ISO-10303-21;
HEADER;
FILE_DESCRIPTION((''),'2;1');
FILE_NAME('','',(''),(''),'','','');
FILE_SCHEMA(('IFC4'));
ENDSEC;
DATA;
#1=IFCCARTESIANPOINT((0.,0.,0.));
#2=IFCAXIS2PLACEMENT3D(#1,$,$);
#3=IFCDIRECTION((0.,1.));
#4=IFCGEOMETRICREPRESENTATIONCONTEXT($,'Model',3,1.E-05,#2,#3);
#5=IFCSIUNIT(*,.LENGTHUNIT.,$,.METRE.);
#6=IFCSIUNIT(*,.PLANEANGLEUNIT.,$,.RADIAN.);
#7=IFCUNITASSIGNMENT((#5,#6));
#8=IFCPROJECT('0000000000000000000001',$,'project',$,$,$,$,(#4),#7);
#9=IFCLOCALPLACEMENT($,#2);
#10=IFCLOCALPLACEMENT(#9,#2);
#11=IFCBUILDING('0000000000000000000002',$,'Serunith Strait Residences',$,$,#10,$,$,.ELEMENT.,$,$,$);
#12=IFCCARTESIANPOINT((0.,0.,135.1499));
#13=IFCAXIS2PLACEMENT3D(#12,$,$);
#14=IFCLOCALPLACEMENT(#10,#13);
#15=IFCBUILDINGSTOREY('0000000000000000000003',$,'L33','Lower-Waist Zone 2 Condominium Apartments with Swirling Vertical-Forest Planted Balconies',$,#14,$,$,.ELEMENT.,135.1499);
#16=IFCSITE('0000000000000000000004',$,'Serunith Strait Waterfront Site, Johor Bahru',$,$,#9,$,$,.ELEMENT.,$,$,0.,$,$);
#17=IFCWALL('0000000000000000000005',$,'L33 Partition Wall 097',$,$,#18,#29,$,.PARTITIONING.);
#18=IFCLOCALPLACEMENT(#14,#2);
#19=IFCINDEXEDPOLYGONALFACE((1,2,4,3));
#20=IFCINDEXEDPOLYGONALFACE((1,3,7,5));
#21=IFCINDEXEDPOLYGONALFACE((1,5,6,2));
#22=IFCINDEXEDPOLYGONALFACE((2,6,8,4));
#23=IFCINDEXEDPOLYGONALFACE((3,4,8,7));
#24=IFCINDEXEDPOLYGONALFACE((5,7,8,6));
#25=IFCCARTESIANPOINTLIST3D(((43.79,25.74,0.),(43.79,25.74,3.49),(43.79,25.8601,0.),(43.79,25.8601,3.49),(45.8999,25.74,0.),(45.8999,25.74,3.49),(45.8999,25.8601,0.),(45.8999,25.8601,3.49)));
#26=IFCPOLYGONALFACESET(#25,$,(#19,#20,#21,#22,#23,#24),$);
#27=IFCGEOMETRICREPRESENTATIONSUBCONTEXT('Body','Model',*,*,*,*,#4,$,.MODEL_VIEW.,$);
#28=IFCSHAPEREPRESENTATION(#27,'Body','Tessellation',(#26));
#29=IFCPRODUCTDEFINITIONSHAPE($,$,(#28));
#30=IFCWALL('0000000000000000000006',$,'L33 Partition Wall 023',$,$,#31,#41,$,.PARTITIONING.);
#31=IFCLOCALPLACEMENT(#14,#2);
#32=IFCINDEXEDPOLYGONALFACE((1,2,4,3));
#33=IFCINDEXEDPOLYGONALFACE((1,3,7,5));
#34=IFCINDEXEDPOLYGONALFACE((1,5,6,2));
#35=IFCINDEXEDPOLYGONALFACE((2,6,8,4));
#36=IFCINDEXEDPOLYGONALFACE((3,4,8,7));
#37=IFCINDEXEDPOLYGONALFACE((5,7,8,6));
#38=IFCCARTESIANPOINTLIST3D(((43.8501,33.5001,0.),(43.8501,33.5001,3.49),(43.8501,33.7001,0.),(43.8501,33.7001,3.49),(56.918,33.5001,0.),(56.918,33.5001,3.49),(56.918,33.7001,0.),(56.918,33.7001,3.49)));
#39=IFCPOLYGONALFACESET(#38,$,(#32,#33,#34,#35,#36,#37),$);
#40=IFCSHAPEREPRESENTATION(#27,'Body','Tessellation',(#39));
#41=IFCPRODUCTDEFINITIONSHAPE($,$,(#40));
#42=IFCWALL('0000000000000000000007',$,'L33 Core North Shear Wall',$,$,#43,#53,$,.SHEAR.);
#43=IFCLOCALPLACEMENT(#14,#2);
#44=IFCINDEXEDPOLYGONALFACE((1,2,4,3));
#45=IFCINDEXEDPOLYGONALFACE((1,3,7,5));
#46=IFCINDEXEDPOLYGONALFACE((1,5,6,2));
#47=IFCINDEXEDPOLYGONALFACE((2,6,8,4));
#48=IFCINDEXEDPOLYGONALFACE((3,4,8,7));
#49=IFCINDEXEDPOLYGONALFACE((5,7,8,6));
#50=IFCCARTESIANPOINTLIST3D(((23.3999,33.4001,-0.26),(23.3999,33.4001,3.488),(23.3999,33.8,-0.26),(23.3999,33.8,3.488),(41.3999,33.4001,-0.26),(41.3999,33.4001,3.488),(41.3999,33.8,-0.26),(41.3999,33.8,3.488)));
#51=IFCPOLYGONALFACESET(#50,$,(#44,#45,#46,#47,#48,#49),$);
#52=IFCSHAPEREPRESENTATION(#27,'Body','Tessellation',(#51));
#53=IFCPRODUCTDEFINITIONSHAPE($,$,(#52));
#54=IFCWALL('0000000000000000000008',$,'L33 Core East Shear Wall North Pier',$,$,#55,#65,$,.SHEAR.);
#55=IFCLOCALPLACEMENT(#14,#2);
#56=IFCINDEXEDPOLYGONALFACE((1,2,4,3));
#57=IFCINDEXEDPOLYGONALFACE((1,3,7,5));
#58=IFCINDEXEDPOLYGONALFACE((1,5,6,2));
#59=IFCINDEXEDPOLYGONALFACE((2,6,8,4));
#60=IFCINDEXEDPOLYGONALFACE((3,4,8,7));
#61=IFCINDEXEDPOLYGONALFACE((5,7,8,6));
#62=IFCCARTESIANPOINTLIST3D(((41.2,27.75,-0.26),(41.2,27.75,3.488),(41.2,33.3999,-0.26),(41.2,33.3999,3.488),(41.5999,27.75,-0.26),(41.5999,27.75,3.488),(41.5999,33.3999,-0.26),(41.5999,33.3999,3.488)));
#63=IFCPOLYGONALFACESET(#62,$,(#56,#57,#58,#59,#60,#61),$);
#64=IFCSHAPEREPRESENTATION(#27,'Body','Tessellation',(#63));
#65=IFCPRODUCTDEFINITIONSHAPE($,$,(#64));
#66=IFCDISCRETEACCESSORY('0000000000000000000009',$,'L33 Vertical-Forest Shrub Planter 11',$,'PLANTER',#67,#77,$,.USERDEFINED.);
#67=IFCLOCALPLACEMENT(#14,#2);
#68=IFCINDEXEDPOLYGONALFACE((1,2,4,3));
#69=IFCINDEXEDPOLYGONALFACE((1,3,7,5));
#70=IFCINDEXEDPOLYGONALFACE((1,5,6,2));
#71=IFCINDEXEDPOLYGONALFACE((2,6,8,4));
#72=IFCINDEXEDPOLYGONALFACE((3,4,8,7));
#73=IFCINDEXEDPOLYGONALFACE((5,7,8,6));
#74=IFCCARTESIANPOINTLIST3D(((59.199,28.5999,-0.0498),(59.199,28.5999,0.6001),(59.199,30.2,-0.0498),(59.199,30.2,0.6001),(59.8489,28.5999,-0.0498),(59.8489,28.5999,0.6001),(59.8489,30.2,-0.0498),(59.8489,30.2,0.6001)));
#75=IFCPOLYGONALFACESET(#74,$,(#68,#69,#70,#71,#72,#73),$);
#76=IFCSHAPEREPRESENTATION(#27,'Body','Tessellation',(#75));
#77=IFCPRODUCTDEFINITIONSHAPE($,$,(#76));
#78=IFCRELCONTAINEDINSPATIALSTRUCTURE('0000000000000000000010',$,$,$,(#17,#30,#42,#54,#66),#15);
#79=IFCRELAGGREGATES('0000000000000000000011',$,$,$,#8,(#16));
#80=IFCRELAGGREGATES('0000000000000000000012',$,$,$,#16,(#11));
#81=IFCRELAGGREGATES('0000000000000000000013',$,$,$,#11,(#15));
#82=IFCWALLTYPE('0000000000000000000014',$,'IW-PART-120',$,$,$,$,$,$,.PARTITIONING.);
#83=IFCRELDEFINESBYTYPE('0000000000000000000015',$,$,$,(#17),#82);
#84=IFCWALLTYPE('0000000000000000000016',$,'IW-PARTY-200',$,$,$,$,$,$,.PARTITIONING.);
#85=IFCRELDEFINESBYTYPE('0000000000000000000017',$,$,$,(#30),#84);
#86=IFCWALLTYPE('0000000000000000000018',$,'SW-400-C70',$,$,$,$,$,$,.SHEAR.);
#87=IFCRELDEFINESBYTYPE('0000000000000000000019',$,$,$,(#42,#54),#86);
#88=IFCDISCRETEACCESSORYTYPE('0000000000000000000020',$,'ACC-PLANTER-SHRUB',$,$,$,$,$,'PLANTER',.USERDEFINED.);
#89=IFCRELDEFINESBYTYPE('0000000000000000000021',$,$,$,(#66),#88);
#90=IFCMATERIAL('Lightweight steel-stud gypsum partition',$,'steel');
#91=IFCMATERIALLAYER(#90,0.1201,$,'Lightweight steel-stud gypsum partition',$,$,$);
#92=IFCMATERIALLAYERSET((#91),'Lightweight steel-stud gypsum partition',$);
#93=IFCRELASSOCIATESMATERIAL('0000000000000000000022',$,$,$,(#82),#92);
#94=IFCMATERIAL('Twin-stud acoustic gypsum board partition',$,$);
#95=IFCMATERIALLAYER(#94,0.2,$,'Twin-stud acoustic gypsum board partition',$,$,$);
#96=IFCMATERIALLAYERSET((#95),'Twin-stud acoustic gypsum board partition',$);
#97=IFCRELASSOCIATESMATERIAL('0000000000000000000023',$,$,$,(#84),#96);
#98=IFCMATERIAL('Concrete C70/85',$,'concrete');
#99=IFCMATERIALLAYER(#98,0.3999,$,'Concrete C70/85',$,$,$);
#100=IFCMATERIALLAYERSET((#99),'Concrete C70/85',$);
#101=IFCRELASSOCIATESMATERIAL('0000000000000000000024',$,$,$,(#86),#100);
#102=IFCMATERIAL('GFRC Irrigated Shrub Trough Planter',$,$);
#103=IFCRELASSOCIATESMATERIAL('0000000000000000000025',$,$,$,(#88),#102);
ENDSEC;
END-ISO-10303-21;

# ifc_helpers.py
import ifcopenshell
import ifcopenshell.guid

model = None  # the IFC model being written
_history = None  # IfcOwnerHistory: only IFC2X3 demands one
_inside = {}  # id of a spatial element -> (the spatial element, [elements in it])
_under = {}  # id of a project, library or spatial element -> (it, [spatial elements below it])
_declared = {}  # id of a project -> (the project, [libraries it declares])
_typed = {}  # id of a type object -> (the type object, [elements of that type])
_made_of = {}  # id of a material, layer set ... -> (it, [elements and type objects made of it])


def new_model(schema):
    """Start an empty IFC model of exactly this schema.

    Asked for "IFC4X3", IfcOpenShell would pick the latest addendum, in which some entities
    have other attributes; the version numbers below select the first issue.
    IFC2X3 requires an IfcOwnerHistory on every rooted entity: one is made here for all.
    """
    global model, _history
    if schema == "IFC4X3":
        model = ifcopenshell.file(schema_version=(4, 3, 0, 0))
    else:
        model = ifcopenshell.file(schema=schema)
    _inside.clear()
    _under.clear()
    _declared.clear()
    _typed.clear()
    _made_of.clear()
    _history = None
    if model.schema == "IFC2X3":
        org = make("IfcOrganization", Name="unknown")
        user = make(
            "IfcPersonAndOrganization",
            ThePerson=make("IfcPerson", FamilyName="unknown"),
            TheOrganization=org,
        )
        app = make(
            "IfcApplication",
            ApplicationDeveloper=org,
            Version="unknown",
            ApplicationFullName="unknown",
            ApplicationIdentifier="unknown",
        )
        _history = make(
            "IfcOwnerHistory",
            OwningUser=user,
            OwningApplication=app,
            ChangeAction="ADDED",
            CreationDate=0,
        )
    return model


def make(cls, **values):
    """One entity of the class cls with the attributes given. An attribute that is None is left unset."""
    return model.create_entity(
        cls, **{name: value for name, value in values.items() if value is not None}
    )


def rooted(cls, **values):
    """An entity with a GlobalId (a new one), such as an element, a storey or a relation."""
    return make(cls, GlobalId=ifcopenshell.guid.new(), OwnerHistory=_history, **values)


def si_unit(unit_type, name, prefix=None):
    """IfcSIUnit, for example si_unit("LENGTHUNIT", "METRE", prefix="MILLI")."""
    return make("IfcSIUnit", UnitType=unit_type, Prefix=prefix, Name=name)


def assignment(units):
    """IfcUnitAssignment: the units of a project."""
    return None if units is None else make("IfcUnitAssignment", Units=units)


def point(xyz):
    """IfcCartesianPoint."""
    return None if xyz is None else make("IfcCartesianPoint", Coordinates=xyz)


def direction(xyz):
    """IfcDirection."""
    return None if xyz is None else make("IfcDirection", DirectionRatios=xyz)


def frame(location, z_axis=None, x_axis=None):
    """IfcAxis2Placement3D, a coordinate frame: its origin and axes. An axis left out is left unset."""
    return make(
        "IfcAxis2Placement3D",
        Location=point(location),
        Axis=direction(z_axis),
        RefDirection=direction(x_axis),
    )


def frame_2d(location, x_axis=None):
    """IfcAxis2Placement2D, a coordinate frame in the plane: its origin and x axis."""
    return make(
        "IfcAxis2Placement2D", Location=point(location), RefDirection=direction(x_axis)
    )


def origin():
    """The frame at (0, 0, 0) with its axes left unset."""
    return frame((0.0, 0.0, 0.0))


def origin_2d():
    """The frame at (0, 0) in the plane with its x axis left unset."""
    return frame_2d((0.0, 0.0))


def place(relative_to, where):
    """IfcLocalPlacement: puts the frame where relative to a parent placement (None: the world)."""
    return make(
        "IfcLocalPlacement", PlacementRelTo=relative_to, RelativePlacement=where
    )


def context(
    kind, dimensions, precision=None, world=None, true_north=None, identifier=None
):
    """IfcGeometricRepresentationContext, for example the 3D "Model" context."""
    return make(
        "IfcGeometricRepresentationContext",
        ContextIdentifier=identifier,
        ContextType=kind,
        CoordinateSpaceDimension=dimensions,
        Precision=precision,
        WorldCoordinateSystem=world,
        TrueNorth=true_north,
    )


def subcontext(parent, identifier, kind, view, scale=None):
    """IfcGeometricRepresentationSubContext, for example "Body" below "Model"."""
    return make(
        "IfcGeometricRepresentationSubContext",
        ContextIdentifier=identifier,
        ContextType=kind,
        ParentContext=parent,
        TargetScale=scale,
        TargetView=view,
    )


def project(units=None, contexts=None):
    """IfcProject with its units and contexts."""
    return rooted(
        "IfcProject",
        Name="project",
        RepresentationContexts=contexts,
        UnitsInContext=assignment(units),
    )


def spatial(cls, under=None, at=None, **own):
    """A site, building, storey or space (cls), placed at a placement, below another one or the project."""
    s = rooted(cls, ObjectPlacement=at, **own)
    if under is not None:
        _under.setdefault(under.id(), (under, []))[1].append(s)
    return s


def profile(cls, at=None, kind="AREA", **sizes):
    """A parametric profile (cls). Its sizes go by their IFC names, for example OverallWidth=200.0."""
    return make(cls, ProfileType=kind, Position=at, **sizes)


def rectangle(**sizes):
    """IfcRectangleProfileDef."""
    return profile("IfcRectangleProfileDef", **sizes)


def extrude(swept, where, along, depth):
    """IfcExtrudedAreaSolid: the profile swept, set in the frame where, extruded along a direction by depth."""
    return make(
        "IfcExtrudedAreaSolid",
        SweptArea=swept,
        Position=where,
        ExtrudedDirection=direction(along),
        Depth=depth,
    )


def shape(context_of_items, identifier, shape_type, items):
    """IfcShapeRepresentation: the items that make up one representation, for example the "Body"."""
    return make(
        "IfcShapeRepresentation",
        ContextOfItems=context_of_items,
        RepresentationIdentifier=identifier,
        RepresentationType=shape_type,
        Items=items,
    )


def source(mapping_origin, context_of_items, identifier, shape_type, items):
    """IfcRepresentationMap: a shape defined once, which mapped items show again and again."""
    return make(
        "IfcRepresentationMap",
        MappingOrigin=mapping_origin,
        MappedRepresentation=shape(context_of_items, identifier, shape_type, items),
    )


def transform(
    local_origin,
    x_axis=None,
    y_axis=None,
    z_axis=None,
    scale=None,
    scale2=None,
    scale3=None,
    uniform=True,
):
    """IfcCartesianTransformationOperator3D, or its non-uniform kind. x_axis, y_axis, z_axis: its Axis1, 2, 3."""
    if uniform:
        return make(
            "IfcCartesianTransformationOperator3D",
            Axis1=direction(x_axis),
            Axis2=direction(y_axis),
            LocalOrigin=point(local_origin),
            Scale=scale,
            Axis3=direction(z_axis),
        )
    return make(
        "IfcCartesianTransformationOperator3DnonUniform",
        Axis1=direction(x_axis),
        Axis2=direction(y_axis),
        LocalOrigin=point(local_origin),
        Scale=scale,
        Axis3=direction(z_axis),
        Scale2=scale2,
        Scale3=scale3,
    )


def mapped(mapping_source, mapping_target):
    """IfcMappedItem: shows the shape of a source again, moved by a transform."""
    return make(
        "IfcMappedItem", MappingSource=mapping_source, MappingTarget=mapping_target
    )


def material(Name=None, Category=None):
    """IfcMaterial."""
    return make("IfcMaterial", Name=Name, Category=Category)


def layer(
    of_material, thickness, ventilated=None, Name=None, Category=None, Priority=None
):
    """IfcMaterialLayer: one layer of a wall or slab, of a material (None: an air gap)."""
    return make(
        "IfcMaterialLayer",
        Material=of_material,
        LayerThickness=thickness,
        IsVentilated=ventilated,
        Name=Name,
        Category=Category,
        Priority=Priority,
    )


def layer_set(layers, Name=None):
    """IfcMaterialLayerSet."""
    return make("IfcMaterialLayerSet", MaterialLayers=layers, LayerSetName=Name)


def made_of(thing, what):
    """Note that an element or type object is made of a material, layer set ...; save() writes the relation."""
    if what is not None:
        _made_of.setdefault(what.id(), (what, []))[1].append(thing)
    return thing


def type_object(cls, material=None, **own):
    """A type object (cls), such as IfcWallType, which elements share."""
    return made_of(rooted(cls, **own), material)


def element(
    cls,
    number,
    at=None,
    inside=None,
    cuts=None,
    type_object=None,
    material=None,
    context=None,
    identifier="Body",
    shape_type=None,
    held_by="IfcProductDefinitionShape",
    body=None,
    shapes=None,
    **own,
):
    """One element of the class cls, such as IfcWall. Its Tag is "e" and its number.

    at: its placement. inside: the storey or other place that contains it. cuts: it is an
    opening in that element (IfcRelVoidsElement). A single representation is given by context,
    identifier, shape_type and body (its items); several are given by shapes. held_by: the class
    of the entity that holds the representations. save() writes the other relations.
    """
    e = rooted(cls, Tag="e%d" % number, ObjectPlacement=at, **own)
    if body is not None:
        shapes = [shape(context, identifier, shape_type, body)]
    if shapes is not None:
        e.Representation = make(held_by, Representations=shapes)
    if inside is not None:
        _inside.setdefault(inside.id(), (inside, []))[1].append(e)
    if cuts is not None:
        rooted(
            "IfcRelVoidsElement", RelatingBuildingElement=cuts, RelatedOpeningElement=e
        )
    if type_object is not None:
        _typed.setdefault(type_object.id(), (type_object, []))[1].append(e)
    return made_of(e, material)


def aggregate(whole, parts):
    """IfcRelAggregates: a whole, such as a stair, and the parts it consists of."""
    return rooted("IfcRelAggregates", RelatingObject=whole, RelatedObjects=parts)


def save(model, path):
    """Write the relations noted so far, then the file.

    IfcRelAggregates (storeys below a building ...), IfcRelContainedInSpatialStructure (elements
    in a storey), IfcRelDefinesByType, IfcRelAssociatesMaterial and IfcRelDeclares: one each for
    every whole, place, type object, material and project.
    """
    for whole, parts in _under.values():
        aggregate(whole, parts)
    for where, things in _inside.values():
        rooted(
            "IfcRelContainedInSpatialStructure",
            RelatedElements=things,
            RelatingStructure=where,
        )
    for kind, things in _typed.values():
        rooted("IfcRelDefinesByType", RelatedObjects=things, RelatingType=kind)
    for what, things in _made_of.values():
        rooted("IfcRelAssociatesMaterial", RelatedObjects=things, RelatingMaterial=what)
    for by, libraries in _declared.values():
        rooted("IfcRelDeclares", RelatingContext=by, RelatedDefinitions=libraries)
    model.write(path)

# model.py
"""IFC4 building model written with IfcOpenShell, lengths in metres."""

from ifc_helpers import new_model, si_unit, direction, frame, frame_2d, origin, origin_2d, place, context, subcontext, project, spatial, rectangle, extrude, source, transform, mapped, material, layer, layer_set, type_object, element, save


model = new_model("IFC4")

# Units and contexts
model_context = context("Model", 3, precision=1e-05, world=origin(), true_north=direction((0.0, 1.0)))
body_context = subcontext(model_context, "Body", "Model", "MODEL_VIEW")
ifc_project = project(units=[si_unit("LENGTHUNIT", "METRE"), si_unit("PLANEANGLEUNIT", "RADIAN")], contexts=[model_context])

# Site, building, storey
site_placement = place(None, origin())
site = spatial("IfcSite", under=ifc_project, at=site_placement, Name="Serunith Strait Waterfront Site, Johor Bahru", CompositionType="ELEMENT", RefElevation=0.0)
building_placement = place(site_placement, origin())
building = spatial("IfcBuilding", under=site, at=building_placement, Name="Serunith Strait Residences", CompositionType="ELEMENT")
storey_placement = place(building_placement, frame((0.0, 0.0, 135.1499)))
storey = spatial("IfcBuildingStorey", under=building, at=storey_placement, Name="L33", Description="Lower-Waist Zone 2 Condominium Apartments with Swirling Vertical-Forest Planted Balconies", CompositionType="ELEMENT", Elevation=135.1499)

# Shared definitions
ifc_material_1 = material(Name="Lightweight steel-stud gypsum partition", Category="steel")
ifc_layer_1 = layer(ifc_material_1, 0.1201, Name="Lightweight steel-stud gypsum partition")
ifc_layer_set_1 = layer_set([ifc_layer_1], Name="Lightweight steel-stud gypsum partition")
wall_type_1 = type_object("IfcWallType", Name="IW-PART-120", PredefinedType="PARTITIONING", material=ifc_layer_set_1)

# Walls
wall_1_placement = place(storey_placement, frame((45.8999, 25.8, 0.0), z_axis=(0.0, 0.0, 1.0), x_axis=(-1.0, 0.0, 0.0)))
element("IfcWall", 1, at=wall_1_placement, inside=storey, type_object=wall_type_1, Name="L33 Partition Wall 097", PredefinedType="PARTITIONING", context=body_context, shape_type="SweptSolid", body=[
    extrude(rectangle(XDim=2.1099, YDim=0.1201, at=frame_2d((1.0549, 0.0))), origin(), (0.0, 0.0, 1.0), 3.49),
])
ifc_material_2 = material(Name="Twin-stud acoustic gypsum board partition")
ifc_layer_2 = layer(ifc_material_2, 0.2, Name="Twin-stud acoustic gypsum board partition")
ifc_layer_set_2 = layer_set([ifc_layer_2], Name="Twin-stud acoustic gypsum board partition")
wall_type_2 = type_object("IfcWallType", Name="IW-PARTY-200", PredefinedType="PARTITIONING", material=ifc_layer_set_2)
wall_2_placement = place(storey_placement, frame((43.8501, 33.6001, 0.0), z_axis=(0.0, 0.0, 1.0), x_axis=(1.0, 0.0, 0.0)))
element("IfcWall", 2, at=wall_2_placement, inside=storey, type_object=wall_type_2, Name="L33 Partition Wall 023", PredefinedType="PARTITIONING", context=body_context, shape_type="SweptSolid", body=[
    extrude(rectangle(XDim=13.0679, YDim=0.2, at=frame_2d((6.5339, 0.0))), origin(), (0.0, 0.0, 1.0), 3.49),
])
ifc_material_3 = material(Name="Concrete C70/85", Category="concrete")
ifc_layer_3 = layer(ifc_material_3, 0.3999, Name="Concrete C70/85")
ifc_layer_set_3 = layer_set([ifc_layer_3], Name="Concrete C70/85")
wall_type_3 = type_object("IfcWallType", Name="SW-400-C70", PredefinedType="SHEAR", material=ifc_layer_set_3)
wall_3_placement = place(storey_placement, frame((41.3999, 33.6001, -0.26), z_axis=(0.0, 0.0, 1.0), x_axis=(-1.0, 0.0, 0.0)))
element("IfcWall", 3, at=wall_3_placement, inside=storey, type_object=wall_type_3, Name="L33 Core North Shear Wall", PredefinedType="SHEAR", context=body_context, shape_type="SweptSolid", body=[
    extrude(rectangle(XDim=18.0, YDim=0.3999, at=frame_2d((9.0, 0.0))), origin(), (0.0, 0.0, 1.0), 3.748),
])
wall_4_placement = place(storey_placement, frame((41.3999, 27.75, -0.26), z_axis=(0.0, 0.0, 1.0), x_axis=(0.0, 1.0, 0.0)))
element("IfcWall", 4, at=wall_4_placement, inside=storey, type_object=wall_type_3, Name="L33 Core East Shear Wall North Pier", PredefinedType="SHEAR", context=body_context, shape_type="SweptSolid", body=[
    extrude(rectangle(XDim=5.6499, YDim=0.3999, at=frame_2d((2.825, 0.0))), origin(), (0.0, 0.0, 1.0), 3.748),
])

# Discrete accessory
ifc_material_4 = material(Name="GFRC Irrigated Shrub Trough Planter")
discrete_accessory_type = type_object("IfcDiscreteAccessoryType", Name="ACC-PLANTER-SHRUB", ElementType="PLANTER", PredefinedType="USERDEFINED", material=ifc_material_4)
shared_shape_1 = source(origin(), body_context, "Body", "SweptSolid", [
    extrude(rectangle(XDim=1.6001, YDim=0.6499, at=origin_2d()), origin(), (0.0, 0.0, 1.0), 0.6499),
])
discrete_accessory_placement = place(storey_placement, frame((59.5239, 29.3999, -0.0498), z_axis=(0.0, 0.0, 1.0), x_axis=(0.0, 1.0, 0.0)))
element("IfcDiscreteAccessory", 5, at=discrete_accessory_placement, inside=storey, type_object=discrete_accessory_type, Name="L33 Vertical-Forest Shrub Planter 11", ObjectType="PLANTER", PredefinedType="USERDEFINED", context=body_context, shape_type="MappedRepresentation", body=[
    mapped(shared_shape_1, transform((0.0, 0.0, 0.0), scale=1.0)),
])

save(model, "model.ifc")
